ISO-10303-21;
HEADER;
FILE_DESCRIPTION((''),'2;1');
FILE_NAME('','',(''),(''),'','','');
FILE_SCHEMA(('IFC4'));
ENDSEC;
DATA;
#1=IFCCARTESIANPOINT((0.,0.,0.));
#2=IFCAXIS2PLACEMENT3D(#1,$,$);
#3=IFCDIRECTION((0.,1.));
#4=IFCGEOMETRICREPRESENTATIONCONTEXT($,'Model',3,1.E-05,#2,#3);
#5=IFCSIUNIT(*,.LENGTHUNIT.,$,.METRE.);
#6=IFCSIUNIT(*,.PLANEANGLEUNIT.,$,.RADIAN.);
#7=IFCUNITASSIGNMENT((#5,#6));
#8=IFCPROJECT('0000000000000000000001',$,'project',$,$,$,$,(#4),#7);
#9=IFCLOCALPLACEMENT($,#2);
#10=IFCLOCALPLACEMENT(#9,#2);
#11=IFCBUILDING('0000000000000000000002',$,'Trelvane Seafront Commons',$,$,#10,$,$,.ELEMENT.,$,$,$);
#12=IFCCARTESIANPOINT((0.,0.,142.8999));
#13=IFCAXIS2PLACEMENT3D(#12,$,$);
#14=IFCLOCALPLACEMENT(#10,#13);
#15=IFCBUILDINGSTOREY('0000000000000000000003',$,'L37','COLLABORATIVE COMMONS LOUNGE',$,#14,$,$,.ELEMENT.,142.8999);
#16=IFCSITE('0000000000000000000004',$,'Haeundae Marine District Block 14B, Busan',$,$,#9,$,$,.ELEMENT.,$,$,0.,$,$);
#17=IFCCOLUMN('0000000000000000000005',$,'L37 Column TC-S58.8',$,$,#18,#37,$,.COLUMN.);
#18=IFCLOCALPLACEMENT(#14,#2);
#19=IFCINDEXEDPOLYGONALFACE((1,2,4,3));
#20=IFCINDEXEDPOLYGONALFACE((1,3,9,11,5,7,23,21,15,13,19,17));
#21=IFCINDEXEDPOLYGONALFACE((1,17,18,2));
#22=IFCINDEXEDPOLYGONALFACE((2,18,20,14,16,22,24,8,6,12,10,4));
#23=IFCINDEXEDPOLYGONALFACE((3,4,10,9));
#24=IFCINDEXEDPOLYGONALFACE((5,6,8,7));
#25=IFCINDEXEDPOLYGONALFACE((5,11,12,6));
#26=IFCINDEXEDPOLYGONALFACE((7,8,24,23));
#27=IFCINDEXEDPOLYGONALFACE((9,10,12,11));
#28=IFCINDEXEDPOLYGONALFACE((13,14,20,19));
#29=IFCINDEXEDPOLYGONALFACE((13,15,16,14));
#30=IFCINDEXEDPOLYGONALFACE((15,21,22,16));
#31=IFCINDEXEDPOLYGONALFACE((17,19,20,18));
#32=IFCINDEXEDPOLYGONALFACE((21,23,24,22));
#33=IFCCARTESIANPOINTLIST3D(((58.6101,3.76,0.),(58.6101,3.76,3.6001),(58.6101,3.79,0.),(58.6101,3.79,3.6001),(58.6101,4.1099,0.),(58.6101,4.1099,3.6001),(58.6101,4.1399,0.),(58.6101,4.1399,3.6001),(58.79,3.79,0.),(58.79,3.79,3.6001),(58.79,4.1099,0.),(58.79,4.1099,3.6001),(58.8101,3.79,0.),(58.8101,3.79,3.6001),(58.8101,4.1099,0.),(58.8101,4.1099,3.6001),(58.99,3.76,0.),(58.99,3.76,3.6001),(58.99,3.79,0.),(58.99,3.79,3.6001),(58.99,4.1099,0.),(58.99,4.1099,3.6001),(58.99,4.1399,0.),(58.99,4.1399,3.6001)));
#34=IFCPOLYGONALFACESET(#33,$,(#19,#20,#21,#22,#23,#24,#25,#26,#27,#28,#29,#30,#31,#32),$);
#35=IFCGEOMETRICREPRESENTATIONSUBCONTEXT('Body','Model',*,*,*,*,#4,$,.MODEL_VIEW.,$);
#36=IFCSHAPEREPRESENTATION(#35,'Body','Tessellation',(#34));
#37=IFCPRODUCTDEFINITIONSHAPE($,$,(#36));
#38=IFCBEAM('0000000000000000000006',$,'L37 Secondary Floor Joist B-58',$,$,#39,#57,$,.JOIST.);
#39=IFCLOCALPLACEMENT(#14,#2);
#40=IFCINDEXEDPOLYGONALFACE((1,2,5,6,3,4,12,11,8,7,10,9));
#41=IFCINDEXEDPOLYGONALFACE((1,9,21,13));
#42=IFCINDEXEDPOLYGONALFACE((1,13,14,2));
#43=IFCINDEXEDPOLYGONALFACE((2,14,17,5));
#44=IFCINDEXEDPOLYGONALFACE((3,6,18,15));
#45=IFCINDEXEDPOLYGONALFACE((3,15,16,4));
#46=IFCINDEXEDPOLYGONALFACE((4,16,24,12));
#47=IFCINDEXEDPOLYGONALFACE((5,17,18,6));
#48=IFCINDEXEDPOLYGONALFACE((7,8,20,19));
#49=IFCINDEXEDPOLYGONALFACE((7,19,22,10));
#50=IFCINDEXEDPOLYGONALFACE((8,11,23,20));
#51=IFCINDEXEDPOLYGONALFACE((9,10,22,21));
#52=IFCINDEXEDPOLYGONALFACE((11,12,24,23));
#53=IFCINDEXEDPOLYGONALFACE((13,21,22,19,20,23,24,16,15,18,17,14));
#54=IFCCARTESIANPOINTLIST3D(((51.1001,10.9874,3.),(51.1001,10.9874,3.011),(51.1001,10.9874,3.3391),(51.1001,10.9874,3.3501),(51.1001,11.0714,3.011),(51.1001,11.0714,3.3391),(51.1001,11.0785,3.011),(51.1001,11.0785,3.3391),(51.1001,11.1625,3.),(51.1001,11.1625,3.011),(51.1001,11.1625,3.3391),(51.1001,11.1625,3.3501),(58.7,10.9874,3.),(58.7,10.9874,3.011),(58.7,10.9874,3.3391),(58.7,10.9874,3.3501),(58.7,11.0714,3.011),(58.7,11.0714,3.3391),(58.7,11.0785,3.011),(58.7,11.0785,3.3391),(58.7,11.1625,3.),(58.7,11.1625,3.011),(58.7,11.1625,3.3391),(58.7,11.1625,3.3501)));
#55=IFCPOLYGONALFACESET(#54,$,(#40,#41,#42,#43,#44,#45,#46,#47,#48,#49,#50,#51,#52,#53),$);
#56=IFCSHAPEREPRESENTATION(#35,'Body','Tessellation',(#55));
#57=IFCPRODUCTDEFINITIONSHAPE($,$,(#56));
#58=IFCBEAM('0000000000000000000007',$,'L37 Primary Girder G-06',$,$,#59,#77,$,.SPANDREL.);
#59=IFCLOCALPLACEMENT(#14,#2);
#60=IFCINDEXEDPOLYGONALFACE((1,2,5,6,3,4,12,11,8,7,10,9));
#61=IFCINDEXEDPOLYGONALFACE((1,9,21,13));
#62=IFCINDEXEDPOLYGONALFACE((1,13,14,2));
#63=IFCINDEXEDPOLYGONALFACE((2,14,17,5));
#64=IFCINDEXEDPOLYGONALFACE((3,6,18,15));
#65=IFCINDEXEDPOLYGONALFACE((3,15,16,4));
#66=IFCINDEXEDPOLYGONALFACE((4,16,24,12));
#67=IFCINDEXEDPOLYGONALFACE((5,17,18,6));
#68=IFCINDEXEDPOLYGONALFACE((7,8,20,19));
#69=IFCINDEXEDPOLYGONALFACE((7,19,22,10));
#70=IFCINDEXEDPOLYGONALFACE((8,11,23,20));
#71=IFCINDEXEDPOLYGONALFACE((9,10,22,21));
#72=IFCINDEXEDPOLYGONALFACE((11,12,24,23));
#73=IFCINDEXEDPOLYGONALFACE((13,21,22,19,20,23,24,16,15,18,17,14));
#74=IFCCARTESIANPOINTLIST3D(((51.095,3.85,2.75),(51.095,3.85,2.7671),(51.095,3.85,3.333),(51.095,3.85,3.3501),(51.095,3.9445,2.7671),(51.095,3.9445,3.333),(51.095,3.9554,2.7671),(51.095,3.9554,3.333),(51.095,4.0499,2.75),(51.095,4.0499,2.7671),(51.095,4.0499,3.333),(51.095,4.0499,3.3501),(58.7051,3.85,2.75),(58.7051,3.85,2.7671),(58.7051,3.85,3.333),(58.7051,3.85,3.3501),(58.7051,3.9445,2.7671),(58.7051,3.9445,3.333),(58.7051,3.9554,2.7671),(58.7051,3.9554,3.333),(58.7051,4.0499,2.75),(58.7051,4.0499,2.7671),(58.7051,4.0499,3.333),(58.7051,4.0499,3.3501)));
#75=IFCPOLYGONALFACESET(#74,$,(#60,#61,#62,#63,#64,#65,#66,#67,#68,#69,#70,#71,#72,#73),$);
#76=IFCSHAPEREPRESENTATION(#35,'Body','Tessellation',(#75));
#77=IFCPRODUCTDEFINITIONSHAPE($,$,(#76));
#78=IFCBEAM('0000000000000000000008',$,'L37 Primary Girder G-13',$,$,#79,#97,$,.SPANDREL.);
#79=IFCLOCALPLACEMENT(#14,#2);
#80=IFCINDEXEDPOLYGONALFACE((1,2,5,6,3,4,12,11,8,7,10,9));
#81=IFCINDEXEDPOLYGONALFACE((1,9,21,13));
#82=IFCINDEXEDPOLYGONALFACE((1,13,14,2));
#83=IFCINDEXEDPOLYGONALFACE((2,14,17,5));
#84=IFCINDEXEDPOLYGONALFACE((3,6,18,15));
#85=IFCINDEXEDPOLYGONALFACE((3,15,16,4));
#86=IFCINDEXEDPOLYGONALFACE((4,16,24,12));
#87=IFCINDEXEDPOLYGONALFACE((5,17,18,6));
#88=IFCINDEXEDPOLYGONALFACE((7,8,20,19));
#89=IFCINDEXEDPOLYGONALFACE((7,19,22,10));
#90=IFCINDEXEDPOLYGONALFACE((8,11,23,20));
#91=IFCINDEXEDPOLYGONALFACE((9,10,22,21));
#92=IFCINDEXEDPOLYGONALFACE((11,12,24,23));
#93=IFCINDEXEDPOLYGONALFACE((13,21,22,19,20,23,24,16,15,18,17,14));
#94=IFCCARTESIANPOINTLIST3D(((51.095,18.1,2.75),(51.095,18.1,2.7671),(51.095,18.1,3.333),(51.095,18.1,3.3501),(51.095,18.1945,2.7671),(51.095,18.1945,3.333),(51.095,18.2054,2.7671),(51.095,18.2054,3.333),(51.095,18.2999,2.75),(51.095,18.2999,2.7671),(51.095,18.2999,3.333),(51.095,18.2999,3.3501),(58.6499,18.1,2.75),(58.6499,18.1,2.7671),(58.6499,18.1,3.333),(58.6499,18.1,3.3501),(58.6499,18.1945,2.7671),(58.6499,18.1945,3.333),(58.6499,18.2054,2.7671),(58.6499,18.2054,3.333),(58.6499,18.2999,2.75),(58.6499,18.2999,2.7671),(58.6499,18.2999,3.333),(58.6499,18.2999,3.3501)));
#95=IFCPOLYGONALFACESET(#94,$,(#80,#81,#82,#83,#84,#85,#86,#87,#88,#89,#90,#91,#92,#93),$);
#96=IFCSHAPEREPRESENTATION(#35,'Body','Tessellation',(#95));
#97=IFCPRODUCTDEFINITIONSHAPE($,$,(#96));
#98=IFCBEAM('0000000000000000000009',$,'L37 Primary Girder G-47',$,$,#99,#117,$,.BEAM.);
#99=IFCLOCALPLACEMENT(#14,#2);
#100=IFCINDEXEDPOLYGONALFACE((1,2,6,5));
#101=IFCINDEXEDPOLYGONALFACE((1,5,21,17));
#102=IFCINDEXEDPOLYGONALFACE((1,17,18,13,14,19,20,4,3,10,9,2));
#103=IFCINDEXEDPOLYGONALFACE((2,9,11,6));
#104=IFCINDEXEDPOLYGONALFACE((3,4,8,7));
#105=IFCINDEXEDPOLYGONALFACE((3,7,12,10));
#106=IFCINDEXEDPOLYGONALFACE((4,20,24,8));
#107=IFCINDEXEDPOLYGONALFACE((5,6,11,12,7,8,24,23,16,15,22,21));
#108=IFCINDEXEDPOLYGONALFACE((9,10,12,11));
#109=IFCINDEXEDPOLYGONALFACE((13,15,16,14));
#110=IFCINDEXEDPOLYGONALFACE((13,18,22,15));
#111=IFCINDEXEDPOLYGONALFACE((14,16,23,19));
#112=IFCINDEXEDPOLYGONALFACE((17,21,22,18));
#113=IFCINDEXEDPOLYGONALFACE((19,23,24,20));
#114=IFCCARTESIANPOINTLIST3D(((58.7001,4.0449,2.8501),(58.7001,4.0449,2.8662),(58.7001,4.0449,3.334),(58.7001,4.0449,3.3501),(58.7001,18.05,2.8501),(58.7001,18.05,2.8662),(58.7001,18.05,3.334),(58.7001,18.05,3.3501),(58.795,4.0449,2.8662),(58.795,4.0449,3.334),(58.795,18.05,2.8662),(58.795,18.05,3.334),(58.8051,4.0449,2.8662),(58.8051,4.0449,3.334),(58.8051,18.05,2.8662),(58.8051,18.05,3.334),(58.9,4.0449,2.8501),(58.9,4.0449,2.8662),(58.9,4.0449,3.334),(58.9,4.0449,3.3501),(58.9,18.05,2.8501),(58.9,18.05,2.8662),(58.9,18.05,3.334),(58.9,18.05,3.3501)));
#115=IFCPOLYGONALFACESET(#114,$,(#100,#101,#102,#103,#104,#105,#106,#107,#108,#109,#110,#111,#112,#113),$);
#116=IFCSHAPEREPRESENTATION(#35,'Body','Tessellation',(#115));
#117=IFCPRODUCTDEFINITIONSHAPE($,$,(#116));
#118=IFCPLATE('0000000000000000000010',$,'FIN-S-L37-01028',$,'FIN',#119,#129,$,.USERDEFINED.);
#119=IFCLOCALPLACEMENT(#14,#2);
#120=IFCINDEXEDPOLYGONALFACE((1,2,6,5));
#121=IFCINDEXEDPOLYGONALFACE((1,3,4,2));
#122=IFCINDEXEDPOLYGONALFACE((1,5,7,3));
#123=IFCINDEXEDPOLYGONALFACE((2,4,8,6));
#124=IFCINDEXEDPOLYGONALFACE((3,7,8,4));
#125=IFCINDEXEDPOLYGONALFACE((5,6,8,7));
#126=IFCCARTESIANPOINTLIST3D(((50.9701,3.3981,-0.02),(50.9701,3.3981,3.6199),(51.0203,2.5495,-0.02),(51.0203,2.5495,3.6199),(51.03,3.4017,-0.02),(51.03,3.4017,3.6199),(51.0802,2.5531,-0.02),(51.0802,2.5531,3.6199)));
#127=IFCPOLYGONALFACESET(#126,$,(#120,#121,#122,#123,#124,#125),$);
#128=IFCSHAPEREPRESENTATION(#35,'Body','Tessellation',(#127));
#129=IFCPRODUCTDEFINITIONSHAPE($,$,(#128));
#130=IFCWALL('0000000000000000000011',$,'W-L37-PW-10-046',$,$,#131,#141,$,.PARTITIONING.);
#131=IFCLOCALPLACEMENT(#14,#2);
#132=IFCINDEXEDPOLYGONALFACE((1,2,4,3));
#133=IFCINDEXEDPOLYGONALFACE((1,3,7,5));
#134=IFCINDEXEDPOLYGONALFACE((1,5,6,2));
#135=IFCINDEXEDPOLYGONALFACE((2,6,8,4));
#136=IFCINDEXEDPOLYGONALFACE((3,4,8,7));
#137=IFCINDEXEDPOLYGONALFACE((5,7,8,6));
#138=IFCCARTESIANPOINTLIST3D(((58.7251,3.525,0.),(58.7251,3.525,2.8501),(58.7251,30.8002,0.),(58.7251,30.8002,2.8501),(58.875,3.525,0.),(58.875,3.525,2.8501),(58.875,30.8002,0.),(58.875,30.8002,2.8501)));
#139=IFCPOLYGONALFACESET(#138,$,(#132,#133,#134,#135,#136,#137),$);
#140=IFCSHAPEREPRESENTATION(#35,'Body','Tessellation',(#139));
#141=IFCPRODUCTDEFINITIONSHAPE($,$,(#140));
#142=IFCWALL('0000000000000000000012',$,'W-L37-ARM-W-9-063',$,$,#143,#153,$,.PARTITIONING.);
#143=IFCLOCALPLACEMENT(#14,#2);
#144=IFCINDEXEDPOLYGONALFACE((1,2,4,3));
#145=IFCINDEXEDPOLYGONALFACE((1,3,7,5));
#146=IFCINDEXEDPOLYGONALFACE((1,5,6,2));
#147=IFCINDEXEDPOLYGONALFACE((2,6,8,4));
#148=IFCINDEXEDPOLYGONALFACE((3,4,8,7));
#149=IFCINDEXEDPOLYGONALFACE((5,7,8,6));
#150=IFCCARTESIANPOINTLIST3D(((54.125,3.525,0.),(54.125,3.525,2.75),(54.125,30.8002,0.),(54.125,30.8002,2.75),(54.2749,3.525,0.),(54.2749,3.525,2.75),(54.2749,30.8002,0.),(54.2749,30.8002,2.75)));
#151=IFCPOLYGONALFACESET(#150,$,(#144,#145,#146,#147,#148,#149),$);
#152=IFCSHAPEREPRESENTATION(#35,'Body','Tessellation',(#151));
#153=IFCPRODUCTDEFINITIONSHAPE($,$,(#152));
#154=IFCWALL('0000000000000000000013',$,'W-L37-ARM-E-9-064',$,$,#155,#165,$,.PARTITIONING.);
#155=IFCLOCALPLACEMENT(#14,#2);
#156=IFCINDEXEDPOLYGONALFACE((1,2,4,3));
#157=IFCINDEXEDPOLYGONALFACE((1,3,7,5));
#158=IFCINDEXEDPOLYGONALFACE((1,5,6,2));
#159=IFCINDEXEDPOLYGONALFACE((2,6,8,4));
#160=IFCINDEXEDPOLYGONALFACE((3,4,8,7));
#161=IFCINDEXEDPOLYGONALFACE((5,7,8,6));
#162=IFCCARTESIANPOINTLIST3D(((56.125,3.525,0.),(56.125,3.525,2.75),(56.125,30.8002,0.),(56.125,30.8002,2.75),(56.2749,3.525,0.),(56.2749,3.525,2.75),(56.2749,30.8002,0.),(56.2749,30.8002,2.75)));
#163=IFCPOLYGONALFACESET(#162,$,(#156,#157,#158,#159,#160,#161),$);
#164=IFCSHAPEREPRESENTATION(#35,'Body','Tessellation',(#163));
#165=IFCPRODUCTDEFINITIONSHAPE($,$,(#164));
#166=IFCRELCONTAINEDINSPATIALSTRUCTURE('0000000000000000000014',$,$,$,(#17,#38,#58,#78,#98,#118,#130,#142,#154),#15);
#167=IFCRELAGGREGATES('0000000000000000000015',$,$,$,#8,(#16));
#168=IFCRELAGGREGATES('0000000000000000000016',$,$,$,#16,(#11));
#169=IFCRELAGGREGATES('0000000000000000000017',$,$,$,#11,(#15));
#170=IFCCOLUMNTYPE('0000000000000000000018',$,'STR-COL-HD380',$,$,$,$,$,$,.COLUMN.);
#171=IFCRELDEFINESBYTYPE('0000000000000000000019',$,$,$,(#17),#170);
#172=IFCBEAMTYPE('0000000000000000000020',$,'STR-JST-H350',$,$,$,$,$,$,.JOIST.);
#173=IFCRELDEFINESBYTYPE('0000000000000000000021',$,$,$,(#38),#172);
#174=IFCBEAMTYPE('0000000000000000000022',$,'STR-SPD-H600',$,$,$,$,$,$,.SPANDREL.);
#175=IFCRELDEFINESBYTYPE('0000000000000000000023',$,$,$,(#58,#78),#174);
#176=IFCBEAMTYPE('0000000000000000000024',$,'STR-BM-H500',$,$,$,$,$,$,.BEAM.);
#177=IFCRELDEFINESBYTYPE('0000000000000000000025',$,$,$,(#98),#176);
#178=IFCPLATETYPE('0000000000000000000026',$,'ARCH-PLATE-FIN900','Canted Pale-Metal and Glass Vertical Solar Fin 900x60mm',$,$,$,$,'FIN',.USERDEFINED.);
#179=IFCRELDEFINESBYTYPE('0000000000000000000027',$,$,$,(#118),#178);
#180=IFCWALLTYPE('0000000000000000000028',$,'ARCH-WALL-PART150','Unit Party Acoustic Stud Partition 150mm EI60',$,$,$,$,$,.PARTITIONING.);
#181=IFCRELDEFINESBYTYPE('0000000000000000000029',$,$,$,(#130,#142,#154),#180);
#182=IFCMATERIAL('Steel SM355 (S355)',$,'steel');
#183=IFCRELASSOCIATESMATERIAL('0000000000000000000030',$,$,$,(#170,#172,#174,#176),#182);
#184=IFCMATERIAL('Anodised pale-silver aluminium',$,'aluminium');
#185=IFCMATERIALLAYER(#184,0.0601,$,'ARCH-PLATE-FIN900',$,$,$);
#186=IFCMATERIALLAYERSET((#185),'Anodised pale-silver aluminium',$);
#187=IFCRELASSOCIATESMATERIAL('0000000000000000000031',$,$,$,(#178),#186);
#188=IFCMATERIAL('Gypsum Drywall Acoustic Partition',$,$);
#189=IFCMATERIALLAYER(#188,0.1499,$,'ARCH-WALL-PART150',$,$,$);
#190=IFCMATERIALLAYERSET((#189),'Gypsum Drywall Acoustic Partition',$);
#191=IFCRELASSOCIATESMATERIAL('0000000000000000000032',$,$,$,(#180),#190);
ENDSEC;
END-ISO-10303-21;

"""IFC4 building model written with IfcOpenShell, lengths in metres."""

from ifc_helpers import new_model, si_unit, direction, frame, frame_2d, origin, origin_2d, place, context, subcontext, project, spatial, rectangle, i_section, extrude, source, transform, mapped, material, layer, layer_set, material_profile, profile_set, type_object, element, save


model = new_model("IFC4")

# Units and contexts
model_context = context("Model", 3, precision=1e-05, world=origin(), true_north=direction((0.0, 1.0)))
body_context = subcontext(model_context, "Body", "Model", "MODEL_VIEW")
ifc_project = project(units=[si_unit("LENGTHUNIT", "METRE"), si_unit("PLANEANGLEUNIT", "RADIAN")], contexts=[model_context])

# Site, building, storey
site_placement = place(None, origin())
site = spatial("IfcSite", under=ifc_project, at=site_placement, Name="Haeundae Marine District Block 14B, Busan", CompositionType="ELEMENT", RefElevation=0.0)
building_placement = place(site_placement, origin())
building = spatial("IfcBuilding", under=site, at=building_placement, Name="Trelvane Seafront Commons", CompositionType="ELEMENT")
storey_placement = place(building_placement, frame((0.0, 0.0, 142.8999)))
storey = spatial("IfcBuildingStorey", under=building, at=storey_placement, Name="L37", Description="COLLABORATIVE COMMONS LOUNGE", CompositionType="ELEMENT", Elevation=142.8999)

# Column
ifc_material_1 = material(Name="Steel SM355 (S355)", Category="steel")
ifc_material_profile_1 = material_profile(ifc_material_1, i_section(OverallWidth=0.3799, OverallDepth=0.3799, WebThickness=0.02, FlangeThickness=0.03, at=origin_2d()), Name="HD-380x380x20x30")
ifc_profile_set_1 = profile_set([ifc_material_profile_1], Name="Steel SM355 (S355)")
column_type = type_object("IfcColumnType", Name="STR-COL-HD380", PredefinedType="COLUMN", material=ifc_profile_set_1)
shared_shape_1 = source(origin(), body_context, "Body", "SweptSolid", [
    extrude(i_section(OverallWidth=0.3799, OverallDepth=0.3799, WebThickness=0.02, FlangeThickness=0.03, at=origin_2d()), origin(), (0.0, 0.0, 1.0), 3.6001),
])
column_placement = place(storey_placement, frame((58.8, 3.95, 0.0), z_axis=(0.0, 0.0, 1.0), x_axis=(1.0, 0.0, 0.0)))
element("IfcColumn", 1, at=column_placement, inside=storey, type_object=column_type, Name="L37 Column TC-S58.8", PredefinedType="COLUMN", context=body_context, shape_type="MappedRepresentation", body=[
    mapped(shared_shape_1, transform((0.0, 0.0, 0.0), x_axis=(1.0, 0.0, 0.0), y_axis=(0.0, 1.0, 0.0), z_axis=(0.0, 0.0, 1.0), scale=1.0)),
])

# Beams
ifc_material_profile_2 = material_profile(ifc_material_1, i_section(OverallWidth=0.175, OverallDepth=0.3501, WebThickness=0.0071, FlangeThickness=0.011, at=origin_2d()), Name="H-350x175x7x11")
ifc_profile_set_2 = profile_set([ifc_material_profile_2], Name="Steel SM355 (S355)")
beam_type_1 = type_object("IfcBeamType", Name="STR-JST-H350", PredefinedType="JOIST", material=ifc_profile_set_2)
shared_shape_2 = source(origin(), body_context, "Body", "SweptSolid", [
    extrude(i_section(OverallWidth=0.175, OverallDepth=0.3501, WebThickness=0.0071, FlangeThickness=0.011, at=origin_2d()), origin(), (0.0, 0.0, 1.0), 7.5999),
])
beam_1_placement = place(storey_placement, frame((51.1001, 11.075, 3.175), z_axis=(1.0, 0.0, 0.0), x_axis=(0.0, 1.0, 0.0)))
element("IfcBeam", 2, at=beam_1_placement, inside=storey, type_object=beam_type_1, Name="L37 Secondary Floor Joist B-58", PredefinedType="JOIST", context=body_context, shape_type="MappedRepresentation", body=[
    mapped(shared_shape_2, transform((0.0, 0.0, 0.0), x_axis=(1.0, 0.0, 0.0), y_axis=(0.0, 1.0, 0.0), z_axis=(0.0, 0.0, 1.0), scale=1.0)),
])
ifc_material_profile_3 = material_profile(ifc_material_1, i_section(OverallWidth=0.2, OverallDepth=0.6001, WebThickness=0.011, FlangeThickness=0.0171, at=origin_2d()), Name="H-600x200x11x17")
ifc_profile_set_3 = profile_set([ifc_material_profile_3], Name="Steel SM355 (S355)")
beam_type_2 = type_object("IfcBeamType", Name="STR-SPD-H600", PredefinedType="SPANDREL", material=ifc_profile_set_3)
shared_shape_3 = source(origin(), body_context, "Body", "SweptSolid", [
    extrude(i_section(OverallWidth=0.2, OverallDepth=0.6001, WebThickness=0.011, FlangeThickness=0.0171, at=origin_2d()), origin(), (0.0, 0.0, 1.0), 7.6101),
])
beam_2_placement = place(storey_placement, frame((51.095, 3.95, 3.05), z_axis=(1.0, 0.0, 0.0), x_axis=(0.0, 1.0, 0.0)))
element("IfcBeam", 3, at=beam_2_placement, inside=storey, type_object=beam_type_2, Name="L37 Primary Girder G-06", PredefinedType="SPANDREL", context=body_context, shape_type="MappedRepresentation", body=[
    mapped(shared_shape_3, transform((0.0, 0.0, 0.0), x_axis=(1.0, 0.0, 0.0), y_axis=(0.0, 1.0, 0.0), z_axis=(0.0, 0.0, 1.0), scale=1.0)),
])
shared_shape_4 = source(origin(), body_context, "Body", "SweptSolid", [
    extrude(i_section(OverallWidth=0.2, OverallDepth=0.6001, WebThickness=0.011, FlangeThickness=0.0171, at=origin_2d()), origin(), (0.0, 0.0, 1.0), 7.5549),
])
beam_3_placement = place(storey_placement, frame((51.095, 18.2, 3.05), z_axis=(1.0, 0.0, 0.0), x_axis=(0.0, 1.0, 0.0)))
element("IfcBeam", 4, at=beam_3_placement, inside=storey, type_object=beam_type_2, Name="L37 Primary Girder G-13", PredefinedType="SPANDREL", context=body_context, shape_type="MappedRepresentation", body=[
    mapped(shared_shape_4, transform((0.0, 0.0, 0.0), x_axis=(1.0, 0.0, 0.0), y_axis=(0.0, 1.0, 0.0), z_axis=(0.0, 0.0, 1.0), scale=1.0)),
])
ifc_material_profile_4 = material_profile(ifc_material_1, i_section(OverallWidth=0.2, OverallDepth=0.5, WebThickness=0.01, FlangeThickness=0.0161, at=origin_2d()), Name="H-500x200x10x16")
ifc_profile_set_4 = profile_set([ifc_material_profile_4], Name="Steel SM355 (S355)")
beam_type_3 = type_object("IfcBeamType", Name="STR-BM-H500", PredefinedType="BEAM", material=ifc_profile_set_4)
shared_shape_5 = source(origin(), body_context, "Body", "SweptSolid", [
    extrude(i_section(OverallWidth=0.2, OverallDepth=0.5, WebThickness=0.01, FlangeThickness=0.0161, at=origin_2d()), origin(), (0.0, 0.0, 1.0), 14.0051),
])
beam_4_placement = place(storey_placement, frame((58.8, 4.0449, 3.1001), z_axis=(0.0, 1.0, 0.0), x_axis=(-1.0, 0.0, 0.0)))
element("IfcBeam", 5, at=beam_4_placement, inside=storey, type_object=beam_type_3, Name="L37 Primary Girder G-47", PredefinedType="BEAM", context=body_context, shape_type="MappedRepresentation", body=[
    mapped(shared_shape_5, transform((0.0, 0.0, 0.0), x_axis=(1.0, 0.0, 0.0), y_axis=(0.0, 1.0, 0.0), z_axis=(0.0, 0.0, 1.0), scale=1.0)),
])

# Plate
ifc_material_2 = material(Name="Anodised pale-silver aluminium", Category="aluminium")
ifc_layer_1 = layer(ifc_material_2, 0.0601, Name="ARCH-PLATE-FIN900")
ifc_layer_set_1 = layer_set([ifc_layer_1], Name="Anodised pale-silver aluminium")
plate_type = type_object("IfcPlateType", Name="ARCH-PLATE-FIN900", Description="Canted Pale-Metal and Glass Vertical Solar Fin 900x60mm", ElementType="FIN", PredefinedType="USERDEFINED", material=ifc_layer_set_1)
shared_shape_6 = source(origin(), body_context, "Body", "SweptSolid", [
    extrude(rectangle(XDim=0.8501, YDim=0.0601, at=origin_2d()), origin(), (0.0, 0.0, 1.0), 3.6399),
])
plate_placement = place(storey_placement, frame((51.0251, 2.9756, -0.02), z_axis=(0.0, 0.0, 1.0), x_axis=(0.059061, -0.998254, 0.0)))
element("IfcPlate", 6, at=plate_placement, inside=storey, type_object=plate_type, Name="FIN-S-L37-01028", ObjectType="FIN", PredefinedType="USERDEFINED", context=body_context, shape_type="MappedRepresentation", body=[
    mapped(shared_shape_6, transform((0.0, 0.0, 0.0), x_axis=(1.0, 0.0, 0.0), y_axis=(0.0, 1.0, 0.0), z_axis=(0.0, 0.0, 1.0), scale=1.0)),
])

# Shared definitions
ifc_material_3 = material(Name="Gypsum Drywall Acoustic Partition")

# Walls
ifc_layer_2 = layer(ifc_material_3, 0.1499, Name="ARCH-WALL-PART150")
ifc_layer_set_2 = layer_set([ifc_layer_2], Name="Gypsum Drywall Acoustic Partition")
wall_type_1 = type_object("IfcWallType", Name="ARCH-WALL-PART150", Description="Unit Party Acoustic Stud Partition 150mm EI60", PredefinedType="PARTITIONING", material=ifc_layer_set_2)
wall_1_placement = place(storey_placement, frame((58.8, 3.5249, 0.0), z_axis=(0.0, 0.0, 1.0), x_axis=(0.0, 1.0, 0.0)))
element("IfcWall", 7, at=wall_1_placement, inside=storey, type_object=wall_type_1, Name="W-L37-PW-10-046", PredefinedType="PARTITIONING", context=body_context, shape_type="SweptSolid", body=[
    extrude(rectangle(XDim=27.2751, YDim=0.1499, at=frame_2d((13.6377, 0.0))), origin(), (0.0, 0.0, 1.0), 2.8501),
])
for number, where, z_axis, x_axis, name in (
    (8, (54.2, 3.5249, 0.0), (0.0, 0.0, 1.0), (0.0, 1.0, 0.0), "W-L37-ARM-W-9-063"),
    (9, (56.2, 3.5249, 0.0), (0.0, 0.0, 1.0), (0.0, 1.0, 0.0), "W-L37-ARM-E-9-064"),
):
    element("IfcWall", number, at=place(storey_placement, frame(where, z_axis=z_axis, x_axis=x_axis)), inside=storey, type_object=wall_type_1, Name=name, PredefinedType="PARTITIONING", context=body_context, shape_type="SweptSolid", body=[
        extrude(rectangle(XDim=27.2751, YDim=0.1499, at=frame_2d((13.6377, 0.0))), origin(), (0.0, 0.0, 1.0), 2.75),
    ])

save(model, "model.ifc")
